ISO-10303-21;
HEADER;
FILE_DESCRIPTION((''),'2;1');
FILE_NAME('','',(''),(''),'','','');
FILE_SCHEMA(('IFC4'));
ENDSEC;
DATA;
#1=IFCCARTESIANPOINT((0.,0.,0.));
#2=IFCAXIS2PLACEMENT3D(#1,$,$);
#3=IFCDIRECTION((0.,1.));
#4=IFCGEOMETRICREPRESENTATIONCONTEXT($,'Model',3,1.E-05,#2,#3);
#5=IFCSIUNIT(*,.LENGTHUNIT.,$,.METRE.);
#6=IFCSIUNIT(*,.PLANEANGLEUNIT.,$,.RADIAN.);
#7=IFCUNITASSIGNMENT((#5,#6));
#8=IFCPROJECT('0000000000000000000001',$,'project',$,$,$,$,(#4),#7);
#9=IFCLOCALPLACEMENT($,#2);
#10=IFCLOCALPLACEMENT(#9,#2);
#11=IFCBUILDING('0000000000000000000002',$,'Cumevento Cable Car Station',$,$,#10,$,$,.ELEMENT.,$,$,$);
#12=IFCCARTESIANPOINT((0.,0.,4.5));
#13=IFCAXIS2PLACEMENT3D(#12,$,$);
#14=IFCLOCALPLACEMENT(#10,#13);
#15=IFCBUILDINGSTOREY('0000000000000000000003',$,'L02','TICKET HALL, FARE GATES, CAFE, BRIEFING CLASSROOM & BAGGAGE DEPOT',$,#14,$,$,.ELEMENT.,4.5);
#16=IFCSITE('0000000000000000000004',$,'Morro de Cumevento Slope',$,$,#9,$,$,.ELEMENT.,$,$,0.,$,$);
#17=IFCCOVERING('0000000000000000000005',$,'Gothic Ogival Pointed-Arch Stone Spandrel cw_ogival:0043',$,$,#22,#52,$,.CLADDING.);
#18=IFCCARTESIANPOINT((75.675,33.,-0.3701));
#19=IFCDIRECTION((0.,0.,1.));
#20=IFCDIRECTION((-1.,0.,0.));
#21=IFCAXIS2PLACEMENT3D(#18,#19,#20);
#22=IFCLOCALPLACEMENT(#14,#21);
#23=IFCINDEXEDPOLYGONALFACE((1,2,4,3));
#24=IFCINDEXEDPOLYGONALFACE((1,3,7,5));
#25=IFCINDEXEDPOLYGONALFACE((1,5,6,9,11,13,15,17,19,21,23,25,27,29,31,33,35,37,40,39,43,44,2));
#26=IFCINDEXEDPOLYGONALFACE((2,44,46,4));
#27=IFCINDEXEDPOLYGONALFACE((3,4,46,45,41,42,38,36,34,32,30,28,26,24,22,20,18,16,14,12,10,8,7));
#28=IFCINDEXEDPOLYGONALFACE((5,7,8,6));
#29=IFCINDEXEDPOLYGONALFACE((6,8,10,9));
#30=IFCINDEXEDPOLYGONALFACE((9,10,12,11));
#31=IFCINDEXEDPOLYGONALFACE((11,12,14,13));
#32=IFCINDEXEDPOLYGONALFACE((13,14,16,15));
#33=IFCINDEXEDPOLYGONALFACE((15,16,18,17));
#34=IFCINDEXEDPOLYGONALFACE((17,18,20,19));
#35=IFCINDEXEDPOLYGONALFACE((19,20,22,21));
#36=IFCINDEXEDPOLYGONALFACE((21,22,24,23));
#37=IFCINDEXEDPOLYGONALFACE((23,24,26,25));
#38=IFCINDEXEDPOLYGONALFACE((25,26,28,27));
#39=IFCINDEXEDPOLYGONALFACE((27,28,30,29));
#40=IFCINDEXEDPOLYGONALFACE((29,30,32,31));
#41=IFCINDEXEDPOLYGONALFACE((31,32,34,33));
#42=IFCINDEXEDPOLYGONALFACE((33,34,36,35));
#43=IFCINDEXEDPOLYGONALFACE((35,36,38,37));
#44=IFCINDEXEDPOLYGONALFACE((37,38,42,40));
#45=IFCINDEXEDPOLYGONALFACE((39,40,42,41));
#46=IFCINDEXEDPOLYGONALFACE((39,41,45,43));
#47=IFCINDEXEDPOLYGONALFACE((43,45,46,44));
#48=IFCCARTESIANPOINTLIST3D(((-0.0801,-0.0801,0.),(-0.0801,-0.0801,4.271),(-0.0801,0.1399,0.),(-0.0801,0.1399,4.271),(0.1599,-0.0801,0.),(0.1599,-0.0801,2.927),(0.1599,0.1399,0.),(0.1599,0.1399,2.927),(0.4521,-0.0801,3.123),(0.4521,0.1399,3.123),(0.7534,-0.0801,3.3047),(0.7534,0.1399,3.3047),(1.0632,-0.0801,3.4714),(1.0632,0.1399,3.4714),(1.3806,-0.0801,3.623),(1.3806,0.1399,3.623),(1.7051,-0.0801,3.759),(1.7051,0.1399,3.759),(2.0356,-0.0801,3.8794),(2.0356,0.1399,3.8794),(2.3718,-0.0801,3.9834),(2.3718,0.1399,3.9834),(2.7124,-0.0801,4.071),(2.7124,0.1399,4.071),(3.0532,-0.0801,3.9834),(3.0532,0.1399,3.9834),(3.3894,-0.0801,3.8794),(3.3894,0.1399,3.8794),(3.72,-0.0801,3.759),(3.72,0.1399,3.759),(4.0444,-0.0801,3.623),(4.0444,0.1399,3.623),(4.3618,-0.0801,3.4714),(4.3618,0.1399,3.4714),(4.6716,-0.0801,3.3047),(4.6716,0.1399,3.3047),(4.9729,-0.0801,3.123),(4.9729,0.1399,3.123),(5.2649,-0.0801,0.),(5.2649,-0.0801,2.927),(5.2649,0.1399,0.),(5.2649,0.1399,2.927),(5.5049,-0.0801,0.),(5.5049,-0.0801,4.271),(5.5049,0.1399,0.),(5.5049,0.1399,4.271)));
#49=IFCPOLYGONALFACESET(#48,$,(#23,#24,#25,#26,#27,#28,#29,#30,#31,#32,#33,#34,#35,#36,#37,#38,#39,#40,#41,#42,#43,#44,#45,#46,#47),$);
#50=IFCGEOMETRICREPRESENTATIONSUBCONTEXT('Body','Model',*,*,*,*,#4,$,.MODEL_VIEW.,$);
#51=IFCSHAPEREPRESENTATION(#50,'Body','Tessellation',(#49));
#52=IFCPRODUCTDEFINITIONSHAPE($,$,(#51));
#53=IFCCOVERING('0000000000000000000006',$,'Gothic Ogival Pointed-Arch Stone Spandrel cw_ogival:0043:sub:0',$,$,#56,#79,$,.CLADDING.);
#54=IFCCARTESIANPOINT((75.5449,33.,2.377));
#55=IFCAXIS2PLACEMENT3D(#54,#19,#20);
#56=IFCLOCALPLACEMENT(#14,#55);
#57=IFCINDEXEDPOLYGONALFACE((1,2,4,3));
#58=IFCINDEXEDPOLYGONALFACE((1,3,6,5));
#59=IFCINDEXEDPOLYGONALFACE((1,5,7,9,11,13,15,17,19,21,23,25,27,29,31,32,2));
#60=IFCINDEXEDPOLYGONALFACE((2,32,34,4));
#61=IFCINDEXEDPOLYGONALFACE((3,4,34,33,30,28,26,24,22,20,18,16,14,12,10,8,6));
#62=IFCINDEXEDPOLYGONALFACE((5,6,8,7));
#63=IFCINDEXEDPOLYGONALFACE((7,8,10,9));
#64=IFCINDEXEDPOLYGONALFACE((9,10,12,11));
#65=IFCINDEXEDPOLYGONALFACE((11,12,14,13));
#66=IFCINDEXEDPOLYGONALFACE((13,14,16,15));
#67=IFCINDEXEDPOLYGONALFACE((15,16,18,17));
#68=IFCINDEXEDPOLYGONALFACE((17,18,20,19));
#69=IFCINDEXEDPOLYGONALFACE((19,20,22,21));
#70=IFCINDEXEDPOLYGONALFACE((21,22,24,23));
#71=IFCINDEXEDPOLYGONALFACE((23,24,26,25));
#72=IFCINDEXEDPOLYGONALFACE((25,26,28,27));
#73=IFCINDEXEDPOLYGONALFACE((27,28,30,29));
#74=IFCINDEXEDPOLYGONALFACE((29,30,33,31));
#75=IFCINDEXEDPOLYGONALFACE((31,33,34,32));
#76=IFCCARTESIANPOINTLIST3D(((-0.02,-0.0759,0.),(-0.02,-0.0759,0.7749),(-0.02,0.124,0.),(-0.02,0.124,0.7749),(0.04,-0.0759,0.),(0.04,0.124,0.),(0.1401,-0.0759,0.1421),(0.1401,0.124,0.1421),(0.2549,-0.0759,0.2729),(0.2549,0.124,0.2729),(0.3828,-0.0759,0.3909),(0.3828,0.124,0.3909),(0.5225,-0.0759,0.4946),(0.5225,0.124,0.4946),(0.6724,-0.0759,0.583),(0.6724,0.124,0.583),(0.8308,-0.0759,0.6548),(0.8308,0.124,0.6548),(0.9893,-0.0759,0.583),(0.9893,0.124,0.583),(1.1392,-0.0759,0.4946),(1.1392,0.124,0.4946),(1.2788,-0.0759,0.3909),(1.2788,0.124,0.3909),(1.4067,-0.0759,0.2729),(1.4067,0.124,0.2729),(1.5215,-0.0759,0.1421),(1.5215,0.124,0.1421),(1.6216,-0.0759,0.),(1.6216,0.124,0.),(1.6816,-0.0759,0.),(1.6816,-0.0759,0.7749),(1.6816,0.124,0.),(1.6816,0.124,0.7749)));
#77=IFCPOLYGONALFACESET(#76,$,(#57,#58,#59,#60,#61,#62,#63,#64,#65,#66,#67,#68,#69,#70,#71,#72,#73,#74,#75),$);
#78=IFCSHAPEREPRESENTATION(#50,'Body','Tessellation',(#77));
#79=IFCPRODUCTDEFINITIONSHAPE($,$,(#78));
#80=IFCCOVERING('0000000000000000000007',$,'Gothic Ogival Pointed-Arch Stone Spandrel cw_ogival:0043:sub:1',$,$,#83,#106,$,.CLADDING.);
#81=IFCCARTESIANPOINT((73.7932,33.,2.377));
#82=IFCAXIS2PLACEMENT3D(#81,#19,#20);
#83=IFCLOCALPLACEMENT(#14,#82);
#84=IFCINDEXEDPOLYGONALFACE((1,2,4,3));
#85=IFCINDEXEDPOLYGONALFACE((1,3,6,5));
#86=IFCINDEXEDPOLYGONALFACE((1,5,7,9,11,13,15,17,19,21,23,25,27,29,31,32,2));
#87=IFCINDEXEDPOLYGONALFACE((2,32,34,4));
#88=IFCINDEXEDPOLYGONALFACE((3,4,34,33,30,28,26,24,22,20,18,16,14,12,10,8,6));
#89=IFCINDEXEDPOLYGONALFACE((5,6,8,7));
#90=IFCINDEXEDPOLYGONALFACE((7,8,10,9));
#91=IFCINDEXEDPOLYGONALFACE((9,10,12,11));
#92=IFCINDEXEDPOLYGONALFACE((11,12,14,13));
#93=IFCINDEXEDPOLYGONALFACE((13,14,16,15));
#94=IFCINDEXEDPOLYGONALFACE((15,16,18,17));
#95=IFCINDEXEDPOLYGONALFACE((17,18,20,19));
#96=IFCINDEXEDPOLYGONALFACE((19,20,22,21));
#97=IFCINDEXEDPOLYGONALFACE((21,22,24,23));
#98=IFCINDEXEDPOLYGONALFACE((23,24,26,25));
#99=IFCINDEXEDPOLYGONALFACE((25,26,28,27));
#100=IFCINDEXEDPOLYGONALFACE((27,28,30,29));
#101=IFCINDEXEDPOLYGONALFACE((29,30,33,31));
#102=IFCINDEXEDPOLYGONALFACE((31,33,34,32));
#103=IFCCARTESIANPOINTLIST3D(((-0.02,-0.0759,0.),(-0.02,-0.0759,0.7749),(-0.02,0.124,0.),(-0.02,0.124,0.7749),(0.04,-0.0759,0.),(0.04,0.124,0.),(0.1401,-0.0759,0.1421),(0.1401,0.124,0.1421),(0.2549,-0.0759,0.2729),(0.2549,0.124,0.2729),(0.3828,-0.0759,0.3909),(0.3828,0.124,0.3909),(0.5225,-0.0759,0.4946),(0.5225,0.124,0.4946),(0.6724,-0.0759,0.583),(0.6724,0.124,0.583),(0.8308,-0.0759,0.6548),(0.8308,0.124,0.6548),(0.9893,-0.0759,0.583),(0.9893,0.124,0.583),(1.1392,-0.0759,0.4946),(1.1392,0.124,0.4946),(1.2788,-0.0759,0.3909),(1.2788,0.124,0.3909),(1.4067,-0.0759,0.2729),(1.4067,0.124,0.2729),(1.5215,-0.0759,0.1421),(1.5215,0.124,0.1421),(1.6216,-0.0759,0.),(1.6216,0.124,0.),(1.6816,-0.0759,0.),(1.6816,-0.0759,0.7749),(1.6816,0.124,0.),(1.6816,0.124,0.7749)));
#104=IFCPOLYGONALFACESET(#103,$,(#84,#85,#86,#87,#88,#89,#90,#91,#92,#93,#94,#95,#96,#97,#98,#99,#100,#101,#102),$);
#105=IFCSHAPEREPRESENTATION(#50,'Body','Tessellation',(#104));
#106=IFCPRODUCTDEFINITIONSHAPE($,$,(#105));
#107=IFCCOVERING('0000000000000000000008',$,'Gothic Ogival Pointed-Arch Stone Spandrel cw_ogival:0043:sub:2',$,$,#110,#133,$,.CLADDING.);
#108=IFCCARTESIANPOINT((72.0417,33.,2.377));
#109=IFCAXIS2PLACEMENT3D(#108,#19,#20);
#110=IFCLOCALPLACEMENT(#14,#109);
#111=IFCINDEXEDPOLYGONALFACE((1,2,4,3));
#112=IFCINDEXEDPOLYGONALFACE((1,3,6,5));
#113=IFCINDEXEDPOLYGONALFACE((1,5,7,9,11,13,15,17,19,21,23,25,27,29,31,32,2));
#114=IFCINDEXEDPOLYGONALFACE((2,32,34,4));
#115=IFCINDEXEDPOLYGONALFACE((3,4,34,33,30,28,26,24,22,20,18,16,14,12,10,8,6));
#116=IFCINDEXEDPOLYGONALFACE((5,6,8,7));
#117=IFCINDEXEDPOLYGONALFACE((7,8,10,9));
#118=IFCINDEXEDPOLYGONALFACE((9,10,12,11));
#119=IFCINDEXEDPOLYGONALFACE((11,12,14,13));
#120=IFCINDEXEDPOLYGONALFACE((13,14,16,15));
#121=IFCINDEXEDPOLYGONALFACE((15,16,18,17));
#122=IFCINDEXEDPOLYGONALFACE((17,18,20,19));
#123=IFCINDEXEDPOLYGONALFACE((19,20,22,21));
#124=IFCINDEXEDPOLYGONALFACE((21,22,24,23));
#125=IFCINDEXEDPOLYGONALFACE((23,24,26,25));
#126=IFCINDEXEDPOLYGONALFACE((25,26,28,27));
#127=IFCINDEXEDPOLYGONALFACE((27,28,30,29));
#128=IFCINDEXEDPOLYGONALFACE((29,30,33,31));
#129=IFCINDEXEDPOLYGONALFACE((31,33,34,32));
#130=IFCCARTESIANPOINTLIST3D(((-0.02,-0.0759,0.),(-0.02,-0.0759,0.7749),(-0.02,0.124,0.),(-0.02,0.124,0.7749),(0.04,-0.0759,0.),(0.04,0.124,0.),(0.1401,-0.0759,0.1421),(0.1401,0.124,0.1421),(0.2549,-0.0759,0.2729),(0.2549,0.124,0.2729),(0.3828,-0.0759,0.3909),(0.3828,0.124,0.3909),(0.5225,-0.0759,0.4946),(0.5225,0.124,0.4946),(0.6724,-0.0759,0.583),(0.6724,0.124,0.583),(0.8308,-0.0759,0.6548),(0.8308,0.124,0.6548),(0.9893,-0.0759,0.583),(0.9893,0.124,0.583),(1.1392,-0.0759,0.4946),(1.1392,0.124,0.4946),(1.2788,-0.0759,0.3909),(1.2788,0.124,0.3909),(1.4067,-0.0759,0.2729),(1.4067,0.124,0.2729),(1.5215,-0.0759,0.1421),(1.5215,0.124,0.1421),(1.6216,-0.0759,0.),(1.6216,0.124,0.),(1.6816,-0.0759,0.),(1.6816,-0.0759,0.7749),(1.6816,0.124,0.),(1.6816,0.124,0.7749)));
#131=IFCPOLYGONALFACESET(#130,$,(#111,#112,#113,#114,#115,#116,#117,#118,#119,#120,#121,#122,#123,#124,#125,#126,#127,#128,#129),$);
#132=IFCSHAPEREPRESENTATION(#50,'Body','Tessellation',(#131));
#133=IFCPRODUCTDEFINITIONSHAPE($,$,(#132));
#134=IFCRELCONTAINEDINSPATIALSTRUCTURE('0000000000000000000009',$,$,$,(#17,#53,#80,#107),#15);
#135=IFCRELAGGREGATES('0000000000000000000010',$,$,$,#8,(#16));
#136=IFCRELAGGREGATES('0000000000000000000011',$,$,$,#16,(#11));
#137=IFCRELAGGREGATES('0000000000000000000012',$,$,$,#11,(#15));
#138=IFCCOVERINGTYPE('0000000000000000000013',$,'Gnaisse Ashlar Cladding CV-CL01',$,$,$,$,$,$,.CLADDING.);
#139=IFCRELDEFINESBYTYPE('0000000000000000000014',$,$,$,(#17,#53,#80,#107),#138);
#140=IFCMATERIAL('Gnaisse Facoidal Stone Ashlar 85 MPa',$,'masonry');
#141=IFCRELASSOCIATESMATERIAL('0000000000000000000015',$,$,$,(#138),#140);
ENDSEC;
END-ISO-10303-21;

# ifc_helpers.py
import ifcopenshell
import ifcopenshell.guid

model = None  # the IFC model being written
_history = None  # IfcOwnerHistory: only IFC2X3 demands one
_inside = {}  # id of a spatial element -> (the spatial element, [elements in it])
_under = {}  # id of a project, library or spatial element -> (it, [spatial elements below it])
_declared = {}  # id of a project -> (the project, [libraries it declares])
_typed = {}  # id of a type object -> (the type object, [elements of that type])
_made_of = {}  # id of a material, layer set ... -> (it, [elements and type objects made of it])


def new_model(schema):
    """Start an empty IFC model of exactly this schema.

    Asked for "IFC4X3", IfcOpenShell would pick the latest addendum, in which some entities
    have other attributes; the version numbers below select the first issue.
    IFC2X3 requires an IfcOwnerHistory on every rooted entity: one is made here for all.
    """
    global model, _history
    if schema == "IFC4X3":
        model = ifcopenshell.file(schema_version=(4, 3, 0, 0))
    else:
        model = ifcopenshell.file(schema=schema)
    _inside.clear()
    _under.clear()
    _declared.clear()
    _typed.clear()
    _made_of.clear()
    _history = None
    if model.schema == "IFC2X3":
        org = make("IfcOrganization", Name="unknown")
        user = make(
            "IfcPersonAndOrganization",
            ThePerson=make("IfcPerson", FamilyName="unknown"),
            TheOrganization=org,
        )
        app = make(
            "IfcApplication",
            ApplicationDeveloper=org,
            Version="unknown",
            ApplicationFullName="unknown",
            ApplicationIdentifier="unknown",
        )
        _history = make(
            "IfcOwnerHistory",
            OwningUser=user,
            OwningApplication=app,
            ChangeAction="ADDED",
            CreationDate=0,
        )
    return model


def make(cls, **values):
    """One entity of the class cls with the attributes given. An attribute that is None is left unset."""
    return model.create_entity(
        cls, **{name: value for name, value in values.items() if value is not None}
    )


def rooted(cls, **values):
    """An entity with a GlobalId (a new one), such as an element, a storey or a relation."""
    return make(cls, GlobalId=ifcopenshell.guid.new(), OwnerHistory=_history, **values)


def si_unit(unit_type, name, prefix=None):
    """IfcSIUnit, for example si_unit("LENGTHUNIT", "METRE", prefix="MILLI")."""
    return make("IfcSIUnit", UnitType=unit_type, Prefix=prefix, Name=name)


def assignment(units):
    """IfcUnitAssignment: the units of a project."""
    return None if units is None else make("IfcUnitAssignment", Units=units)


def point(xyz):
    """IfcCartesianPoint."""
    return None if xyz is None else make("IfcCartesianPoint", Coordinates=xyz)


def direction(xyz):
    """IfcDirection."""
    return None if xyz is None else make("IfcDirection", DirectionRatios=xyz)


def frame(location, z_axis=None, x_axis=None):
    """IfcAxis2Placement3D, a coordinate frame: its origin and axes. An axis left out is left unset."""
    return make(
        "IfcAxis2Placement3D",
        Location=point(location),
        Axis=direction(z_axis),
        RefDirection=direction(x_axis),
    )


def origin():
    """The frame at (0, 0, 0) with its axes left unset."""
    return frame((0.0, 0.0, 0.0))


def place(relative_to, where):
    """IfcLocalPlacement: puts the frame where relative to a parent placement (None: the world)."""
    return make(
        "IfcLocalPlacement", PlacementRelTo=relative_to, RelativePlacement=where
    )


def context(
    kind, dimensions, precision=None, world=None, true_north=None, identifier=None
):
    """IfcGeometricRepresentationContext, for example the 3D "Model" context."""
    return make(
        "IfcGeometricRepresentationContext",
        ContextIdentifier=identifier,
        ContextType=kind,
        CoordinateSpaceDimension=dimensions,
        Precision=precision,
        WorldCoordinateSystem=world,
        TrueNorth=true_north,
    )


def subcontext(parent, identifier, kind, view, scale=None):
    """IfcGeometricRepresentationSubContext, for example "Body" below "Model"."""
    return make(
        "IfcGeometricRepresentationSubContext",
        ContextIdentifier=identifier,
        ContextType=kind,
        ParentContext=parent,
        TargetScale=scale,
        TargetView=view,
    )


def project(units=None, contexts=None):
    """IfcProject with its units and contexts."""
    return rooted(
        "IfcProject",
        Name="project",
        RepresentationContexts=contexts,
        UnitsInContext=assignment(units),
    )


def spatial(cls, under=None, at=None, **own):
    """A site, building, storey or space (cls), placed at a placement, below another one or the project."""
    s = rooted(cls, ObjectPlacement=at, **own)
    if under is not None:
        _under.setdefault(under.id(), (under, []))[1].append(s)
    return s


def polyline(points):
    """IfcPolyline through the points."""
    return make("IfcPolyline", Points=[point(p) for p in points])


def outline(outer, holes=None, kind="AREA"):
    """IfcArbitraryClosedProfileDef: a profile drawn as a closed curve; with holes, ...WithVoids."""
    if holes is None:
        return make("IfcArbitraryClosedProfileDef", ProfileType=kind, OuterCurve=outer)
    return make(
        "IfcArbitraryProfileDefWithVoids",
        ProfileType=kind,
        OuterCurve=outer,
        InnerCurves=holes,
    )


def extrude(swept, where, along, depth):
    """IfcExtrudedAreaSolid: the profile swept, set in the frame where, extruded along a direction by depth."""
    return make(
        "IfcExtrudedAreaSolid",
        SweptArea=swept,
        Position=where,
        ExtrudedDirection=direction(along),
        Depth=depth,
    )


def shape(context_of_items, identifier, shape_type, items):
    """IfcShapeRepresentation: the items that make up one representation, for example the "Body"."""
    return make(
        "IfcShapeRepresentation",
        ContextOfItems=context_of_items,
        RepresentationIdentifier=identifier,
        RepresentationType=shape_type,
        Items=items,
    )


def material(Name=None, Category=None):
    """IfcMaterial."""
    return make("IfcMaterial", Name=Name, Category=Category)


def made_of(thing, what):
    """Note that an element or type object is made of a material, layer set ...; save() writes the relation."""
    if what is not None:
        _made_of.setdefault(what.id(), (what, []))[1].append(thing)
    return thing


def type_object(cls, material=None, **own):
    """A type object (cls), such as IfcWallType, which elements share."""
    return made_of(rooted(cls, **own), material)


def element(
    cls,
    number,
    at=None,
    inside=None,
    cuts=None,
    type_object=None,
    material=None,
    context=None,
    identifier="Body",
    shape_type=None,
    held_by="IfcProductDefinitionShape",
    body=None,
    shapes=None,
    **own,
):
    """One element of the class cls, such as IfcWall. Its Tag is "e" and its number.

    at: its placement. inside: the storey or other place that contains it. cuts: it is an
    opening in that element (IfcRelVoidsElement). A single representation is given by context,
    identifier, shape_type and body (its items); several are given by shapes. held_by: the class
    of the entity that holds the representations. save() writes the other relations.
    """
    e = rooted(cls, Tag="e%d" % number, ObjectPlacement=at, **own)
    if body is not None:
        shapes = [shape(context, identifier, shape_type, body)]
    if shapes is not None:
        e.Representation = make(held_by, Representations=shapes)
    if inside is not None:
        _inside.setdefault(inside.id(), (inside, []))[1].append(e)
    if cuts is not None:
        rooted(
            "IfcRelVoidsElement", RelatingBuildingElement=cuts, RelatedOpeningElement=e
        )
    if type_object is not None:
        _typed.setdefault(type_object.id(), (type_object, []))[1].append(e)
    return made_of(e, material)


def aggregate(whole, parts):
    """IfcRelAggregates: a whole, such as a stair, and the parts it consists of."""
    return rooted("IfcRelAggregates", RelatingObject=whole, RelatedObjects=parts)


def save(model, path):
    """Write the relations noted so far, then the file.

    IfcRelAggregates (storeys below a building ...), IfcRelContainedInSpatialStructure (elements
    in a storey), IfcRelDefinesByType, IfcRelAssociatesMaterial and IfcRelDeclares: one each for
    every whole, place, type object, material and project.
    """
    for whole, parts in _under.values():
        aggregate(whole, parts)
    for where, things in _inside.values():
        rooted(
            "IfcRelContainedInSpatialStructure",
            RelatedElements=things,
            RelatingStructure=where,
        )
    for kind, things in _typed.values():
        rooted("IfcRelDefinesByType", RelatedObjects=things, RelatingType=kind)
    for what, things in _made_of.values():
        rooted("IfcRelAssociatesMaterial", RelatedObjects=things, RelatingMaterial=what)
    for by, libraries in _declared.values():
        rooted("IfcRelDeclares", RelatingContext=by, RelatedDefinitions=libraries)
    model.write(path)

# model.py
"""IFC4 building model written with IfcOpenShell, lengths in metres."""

from ifc_helpers import new_model, si_unit, direction, frame, origin, place, context, subcontext, project, spatial, polyline, outline, extrude, material, type_object, element, save


model = new_model("IFC4")

# Units and contexts
model_context = context("Model", 3, precision=1e-05, world=origin(), true_north=direction((0.0, 1.0)))
body_context = subcontext(model_context, "Body", "Model", "MODEL_VIEW")
ifc_project = project(units=[si_unit("LENGTHUNIT", "METRE"), si_unit("PLANEANGLEUNIT", "RADIAN")], contexts=[model_context])

# Site, building, storey
site_placement = place(None, origin())
site = spatial("IfcSite", under=ifc_project, at=site_placement, Name="Morro de Cumevento Slope", CompositionType="ELEMENT", RefElevation=0.0)
building_placement = place(site_placement, origin())
building = spatial("IfcBuilding", under=site, at=building_placement, Name="Cumevento Cable Car Station", CompositionType="ELEMENT")
storey_placement = place(building_placement, frame((0.0, 0.0, 4.5)))
storey = spatial("IfcBuildingStorey", under=building, at=storey_placement, Name="L02", Description="TICKET HALL, FARE GATES, CAFE, BRIEFING CLASSROOM & BAGGAGE DEPOT", CompositionType="ELEMENT", Elevation=4.5)

# Coverings
ifc_material_1 = material(Name="Gnaisse Facoidal Stone Ashlar 85 MPa", Category="masonry")
covering_type = type_object("IfcCoveringType", Name="Gnaisse Ashlar Cladding CV-CL01", PredefinedType="CLADDING", material=ifc_material_1)
covering_1_placement = place(storey_placement, frame((75.675, 33.0, -0.3701), z_axis=(0.0, 0.0, 1.0), x_axis=(-1.0, 0.0, 0.0)))
element("IfcCovering", 1, at=covering_1_placement, inside=storey, type_object=covering_type, Name="Gothic Ogival Pointed-Arch Stone Spandrel cw_ogival:0043", PredefinedType="CLADDING", context=body_context, shape_type="SweptSolid", body=[
    extrude(outline(polyline([(-0.0801, 0.0), (-0.0801, 4.271), (5.5049, 4.271), (5.5049, 0.0), (5.2649, 0.0), (5.2649, 2.927), (4.9729, 3.123), (4.6716, 3.3047), (4.3618, 3.4714), (4.0444, 3.623), (3.72, 3.759), (3.3894, 3.8794), (3.0532, 3.9834), (2.7124, 4.071), (2.3718, 3.9834), (2.0356, 3.8794), (1.7051, 3.759), (1.3806, 3.623), (1.0632, 3.4714), (0.7534, 3.3047), (0.4521, 3.123), (0.1599, 2.927), (0.1599, 0.0), (-0.0801, 0.0)])), frame((0.0, 0.1399, 0.0), z_axis=(0.0, -1.0, 0.0), x_axis=(1.0, 0.0, 0.0)), (0.0, 0.0, 1.0), 0.22),
])
for number, where, z_axis, x_axis, name in (
    (2, (75.5449, 33.0, 2.377), (0.0, 0.0, 1.0), (-1.0, 0.0, 0.0), "Gothic Ogival Pointed-Arch Stone Spandrel cw_ogival:0043:sub:0"),
    (3, (73.7932, 33.0, 2.377), (0.0, 0.0, 1.0), (-1.0, 0.0, 0.0), "Gothic Ogival Pointed-Arch Stone Spandrel cw_ogival:0043:sub:1"),
    (4, (72.0417, 33.0, 2.377), (0.0, 0.0, 1.0), (-1.0, 0.0, 0.0), "Gothic Ogival Pointed-Arch Stone Spandrel cw_ogival:0043:sub:2"),
):
    element("IfcCovering", number, at=place(storey_placement, frame(where, z_axis=z_axis, x_axis=x_axis)), inside=storey, type_object=covering_type, Name=name, PredefinedType="CLADDING", context=body_context, shape_type="SweptSolid", body=[
        extrude(outline(polyline([(-0.02, 0.0), (-0.02, 0.7749), (1.6816, 0.7749), (1.6816, 0.0), (1.6216, 0.0), (1.5215, 0.1421), (1.4067, 0.2729), (1.2788, 0.3909), (1.1392, 0.4946), (0.9893, 0.583), (0.8308, 0.6548), (0.6724, 0.583), (0.5225, 0.4946), (0.3828, 0.3909), (0.2549, 0.2729), (0.1401, 0.1421), (0.04, 0.0), (-0.02, 0.0)])), frame((0.0, 0.124, 0.0), z_axis=(0.0, -1.0, 0.0), x_axis=(1.0, 0.0, 0.0)), (0.0, 0.0, 1.0), 0.2),
    ])

save(model, "model.ifc")
